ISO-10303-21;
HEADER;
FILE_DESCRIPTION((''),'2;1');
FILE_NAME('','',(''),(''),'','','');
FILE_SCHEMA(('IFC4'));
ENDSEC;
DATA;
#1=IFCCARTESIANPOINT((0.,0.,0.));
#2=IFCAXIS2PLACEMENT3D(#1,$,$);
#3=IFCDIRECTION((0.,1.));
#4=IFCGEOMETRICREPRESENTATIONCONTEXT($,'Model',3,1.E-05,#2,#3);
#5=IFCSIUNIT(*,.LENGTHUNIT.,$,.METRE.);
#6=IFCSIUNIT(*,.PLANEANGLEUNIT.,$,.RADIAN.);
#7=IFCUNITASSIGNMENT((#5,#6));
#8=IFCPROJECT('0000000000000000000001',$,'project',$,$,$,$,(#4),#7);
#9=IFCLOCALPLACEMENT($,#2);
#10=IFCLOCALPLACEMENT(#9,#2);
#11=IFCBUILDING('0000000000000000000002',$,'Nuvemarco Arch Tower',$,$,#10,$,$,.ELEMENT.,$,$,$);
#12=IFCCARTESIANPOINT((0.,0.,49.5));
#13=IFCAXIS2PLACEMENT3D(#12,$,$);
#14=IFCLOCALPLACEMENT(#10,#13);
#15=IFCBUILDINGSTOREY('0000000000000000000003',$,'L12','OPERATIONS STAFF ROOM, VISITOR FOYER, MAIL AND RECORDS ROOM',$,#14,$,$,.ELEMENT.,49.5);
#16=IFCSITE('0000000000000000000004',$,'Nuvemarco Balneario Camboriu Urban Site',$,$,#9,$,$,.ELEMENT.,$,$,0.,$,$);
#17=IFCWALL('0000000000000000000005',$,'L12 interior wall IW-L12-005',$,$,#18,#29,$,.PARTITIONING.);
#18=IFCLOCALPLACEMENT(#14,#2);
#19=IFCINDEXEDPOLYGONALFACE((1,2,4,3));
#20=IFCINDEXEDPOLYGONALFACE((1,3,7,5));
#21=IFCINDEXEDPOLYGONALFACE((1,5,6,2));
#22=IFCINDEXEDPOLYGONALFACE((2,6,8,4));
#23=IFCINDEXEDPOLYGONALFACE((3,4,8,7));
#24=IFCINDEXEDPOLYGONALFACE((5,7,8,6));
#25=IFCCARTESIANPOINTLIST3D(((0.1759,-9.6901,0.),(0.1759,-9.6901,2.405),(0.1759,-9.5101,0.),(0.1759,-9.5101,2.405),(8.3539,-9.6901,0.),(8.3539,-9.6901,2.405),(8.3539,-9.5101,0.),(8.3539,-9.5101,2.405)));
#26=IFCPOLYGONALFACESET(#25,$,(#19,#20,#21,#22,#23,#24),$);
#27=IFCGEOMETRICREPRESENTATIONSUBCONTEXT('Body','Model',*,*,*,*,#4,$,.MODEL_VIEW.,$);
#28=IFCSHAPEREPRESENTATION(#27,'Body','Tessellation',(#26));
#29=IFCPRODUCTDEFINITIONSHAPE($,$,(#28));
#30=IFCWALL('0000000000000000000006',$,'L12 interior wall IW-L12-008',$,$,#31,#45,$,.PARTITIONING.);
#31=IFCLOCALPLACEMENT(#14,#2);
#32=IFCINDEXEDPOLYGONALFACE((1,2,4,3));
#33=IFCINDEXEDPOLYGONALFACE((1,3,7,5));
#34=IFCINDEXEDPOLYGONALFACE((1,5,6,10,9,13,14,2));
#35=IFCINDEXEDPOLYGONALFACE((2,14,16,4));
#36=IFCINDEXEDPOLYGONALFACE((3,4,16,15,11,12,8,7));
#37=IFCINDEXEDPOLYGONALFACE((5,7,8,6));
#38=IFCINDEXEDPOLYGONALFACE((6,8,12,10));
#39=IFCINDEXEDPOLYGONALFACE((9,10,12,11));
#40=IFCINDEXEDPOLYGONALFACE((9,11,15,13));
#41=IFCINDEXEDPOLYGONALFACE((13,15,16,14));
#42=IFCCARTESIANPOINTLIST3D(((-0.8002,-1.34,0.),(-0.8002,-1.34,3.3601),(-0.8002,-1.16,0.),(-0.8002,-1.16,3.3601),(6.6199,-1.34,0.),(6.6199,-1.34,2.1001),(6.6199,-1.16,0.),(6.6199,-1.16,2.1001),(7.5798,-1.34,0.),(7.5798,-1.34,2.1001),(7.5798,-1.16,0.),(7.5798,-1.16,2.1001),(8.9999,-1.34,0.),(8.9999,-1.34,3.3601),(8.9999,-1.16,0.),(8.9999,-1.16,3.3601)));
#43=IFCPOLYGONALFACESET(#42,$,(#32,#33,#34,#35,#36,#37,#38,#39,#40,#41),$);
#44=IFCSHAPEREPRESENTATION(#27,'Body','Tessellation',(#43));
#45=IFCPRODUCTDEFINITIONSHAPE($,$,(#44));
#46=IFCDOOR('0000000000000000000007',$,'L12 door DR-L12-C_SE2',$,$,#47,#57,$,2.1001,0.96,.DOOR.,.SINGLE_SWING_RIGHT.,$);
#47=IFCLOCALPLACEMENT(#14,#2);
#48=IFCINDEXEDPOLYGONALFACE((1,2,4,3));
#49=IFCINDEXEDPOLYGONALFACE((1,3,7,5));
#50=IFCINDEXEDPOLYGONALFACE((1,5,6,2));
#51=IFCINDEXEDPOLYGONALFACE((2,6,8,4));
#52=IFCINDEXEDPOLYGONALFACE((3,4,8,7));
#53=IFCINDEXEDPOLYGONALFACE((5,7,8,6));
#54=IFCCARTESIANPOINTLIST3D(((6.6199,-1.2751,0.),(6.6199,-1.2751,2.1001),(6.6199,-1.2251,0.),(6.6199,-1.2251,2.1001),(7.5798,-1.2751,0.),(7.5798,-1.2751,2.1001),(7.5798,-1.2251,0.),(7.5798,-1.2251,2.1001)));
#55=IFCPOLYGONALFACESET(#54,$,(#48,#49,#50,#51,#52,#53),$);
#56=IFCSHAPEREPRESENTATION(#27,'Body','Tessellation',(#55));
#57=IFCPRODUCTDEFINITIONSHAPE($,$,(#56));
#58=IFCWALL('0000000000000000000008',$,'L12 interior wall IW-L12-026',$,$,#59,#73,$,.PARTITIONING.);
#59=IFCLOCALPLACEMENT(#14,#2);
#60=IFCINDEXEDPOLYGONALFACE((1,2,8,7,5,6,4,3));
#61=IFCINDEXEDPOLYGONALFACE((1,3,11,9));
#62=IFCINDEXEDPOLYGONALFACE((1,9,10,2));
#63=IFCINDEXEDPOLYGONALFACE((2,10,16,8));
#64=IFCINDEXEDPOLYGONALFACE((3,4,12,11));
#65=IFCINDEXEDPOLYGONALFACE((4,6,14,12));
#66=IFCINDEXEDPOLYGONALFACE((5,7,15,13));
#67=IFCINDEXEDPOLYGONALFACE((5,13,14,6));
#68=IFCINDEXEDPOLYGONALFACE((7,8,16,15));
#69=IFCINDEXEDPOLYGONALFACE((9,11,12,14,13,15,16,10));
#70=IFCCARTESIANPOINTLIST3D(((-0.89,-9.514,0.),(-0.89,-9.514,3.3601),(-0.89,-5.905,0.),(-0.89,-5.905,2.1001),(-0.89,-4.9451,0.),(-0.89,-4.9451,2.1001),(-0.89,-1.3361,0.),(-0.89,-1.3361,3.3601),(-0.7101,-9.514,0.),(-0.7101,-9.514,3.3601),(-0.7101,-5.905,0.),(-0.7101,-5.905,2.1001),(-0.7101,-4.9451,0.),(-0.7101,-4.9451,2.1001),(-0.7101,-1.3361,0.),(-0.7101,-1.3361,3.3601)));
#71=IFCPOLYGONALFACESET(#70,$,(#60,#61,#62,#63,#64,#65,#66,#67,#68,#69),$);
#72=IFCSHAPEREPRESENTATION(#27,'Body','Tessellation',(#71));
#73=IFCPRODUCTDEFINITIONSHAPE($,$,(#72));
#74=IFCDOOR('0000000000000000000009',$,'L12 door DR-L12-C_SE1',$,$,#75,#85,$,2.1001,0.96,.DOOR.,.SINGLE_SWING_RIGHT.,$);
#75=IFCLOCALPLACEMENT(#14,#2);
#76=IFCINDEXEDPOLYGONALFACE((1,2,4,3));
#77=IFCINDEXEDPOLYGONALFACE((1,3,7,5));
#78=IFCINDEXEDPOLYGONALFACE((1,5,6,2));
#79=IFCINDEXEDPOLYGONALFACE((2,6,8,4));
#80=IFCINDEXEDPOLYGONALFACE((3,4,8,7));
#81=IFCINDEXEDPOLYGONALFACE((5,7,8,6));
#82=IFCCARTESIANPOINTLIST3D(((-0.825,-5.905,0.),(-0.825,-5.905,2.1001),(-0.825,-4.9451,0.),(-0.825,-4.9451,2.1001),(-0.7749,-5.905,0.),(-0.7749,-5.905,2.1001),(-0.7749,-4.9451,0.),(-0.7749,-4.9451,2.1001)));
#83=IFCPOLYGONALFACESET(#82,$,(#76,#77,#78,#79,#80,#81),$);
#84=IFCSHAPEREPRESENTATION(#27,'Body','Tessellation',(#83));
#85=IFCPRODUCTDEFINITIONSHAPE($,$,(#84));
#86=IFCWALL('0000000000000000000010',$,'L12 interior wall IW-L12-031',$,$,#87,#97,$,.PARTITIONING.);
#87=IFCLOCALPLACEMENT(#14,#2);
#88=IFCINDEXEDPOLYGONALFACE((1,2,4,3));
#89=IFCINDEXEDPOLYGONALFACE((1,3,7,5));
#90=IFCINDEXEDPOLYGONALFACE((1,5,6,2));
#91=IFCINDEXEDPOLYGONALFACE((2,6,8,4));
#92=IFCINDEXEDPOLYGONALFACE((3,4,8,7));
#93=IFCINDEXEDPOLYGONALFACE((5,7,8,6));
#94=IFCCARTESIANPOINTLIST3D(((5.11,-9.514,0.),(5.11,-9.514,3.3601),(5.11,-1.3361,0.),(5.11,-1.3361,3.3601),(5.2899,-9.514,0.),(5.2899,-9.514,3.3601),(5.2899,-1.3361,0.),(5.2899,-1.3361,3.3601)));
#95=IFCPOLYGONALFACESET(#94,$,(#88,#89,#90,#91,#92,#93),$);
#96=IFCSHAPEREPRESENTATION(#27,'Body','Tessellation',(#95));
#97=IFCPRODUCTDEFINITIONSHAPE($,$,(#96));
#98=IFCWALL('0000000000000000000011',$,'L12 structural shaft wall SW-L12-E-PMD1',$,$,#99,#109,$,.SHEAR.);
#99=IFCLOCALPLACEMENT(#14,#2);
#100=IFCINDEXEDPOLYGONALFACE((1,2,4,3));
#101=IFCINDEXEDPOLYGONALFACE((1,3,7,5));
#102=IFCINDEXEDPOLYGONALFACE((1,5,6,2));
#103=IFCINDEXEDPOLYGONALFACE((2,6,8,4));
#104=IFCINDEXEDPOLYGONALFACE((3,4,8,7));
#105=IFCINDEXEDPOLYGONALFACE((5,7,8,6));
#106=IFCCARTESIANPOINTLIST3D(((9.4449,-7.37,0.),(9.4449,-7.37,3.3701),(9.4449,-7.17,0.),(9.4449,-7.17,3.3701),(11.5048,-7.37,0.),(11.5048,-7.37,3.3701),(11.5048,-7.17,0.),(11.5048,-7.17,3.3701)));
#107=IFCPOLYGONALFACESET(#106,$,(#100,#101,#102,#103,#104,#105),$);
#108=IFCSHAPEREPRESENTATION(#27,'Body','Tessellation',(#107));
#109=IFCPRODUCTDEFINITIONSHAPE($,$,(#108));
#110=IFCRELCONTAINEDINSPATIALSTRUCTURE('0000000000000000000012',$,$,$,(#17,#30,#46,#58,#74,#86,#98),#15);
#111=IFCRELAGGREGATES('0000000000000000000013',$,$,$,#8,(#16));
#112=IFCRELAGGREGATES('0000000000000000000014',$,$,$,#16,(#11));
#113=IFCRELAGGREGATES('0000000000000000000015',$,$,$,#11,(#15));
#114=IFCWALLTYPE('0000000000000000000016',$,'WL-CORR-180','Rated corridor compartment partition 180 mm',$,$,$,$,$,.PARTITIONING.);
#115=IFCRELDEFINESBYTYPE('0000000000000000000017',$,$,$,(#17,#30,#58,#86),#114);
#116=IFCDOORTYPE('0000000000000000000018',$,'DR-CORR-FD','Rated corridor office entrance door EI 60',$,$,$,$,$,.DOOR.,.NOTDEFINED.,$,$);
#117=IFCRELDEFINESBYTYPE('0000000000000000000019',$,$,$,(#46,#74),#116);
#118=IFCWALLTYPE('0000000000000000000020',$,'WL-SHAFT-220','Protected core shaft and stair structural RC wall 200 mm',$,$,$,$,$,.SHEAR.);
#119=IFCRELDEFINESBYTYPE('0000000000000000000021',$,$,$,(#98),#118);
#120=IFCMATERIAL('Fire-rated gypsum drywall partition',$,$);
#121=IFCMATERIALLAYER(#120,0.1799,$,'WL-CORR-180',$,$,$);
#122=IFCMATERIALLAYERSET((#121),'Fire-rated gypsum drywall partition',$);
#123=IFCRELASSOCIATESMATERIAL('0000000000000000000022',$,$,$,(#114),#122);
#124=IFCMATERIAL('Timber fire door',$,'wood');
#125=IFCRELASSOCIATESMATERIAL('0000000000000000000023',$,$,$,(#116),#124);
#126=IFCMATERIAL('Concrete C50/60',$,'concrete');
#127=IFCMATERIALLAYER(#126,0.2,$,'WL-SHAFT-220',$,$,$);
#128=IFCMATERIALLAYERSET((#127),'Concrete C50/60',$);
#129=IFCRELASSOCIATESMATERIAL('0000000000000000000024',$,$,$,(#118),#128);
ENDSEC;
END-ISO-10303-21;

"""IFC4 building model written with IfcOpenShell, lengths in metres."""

from ifc_helpers import new_model, si_unit, direction, frame, frame_2d, origin, place, context, subcontext, project, spatial, rectangle, extrude, source, transform, mapped, material, layer, layer_set, type_object, type_shapes, element, fill, save


model = new_model("IFC4")

# Units and contexts
model_context = context("Model", 3, precision=1e-05, world=origin(), true_north=direction((0.0, 1.0)))
body_context = subcontext(model_context, "Body", "Model", "MODEL_VIEW")
ifc_project = project(units=[si_unit("LENGTHUNIT", "METRE"), si_unit("PLANEANGLEUNIT", "RADIAN")], contexts=[model_context])

# Site, building, storey
site_placement = place(None, origin())
site = spatial("IfcSite", under=ifc_project, at=site_placement, Name="Nuvemarco Balneario Camboriu Urban Site", CompositionType="ELEMENT", RefElevation=0.0)
building_placement = place(site_placement, origin())
building = spatial("IfcBuilding", under=site, at=building_placement, Name="Nuvemarco Arch Tower", CompositionType="ELEMENT")
storey_placement = place(building_placement, frame((0.0, 0.0, 49.5)))
storey = spatial("IfcBuildingStorey", under=building, at=storey_placement, Name="L12", Description="OPERATIONS STAFF ROOM, VISITOR FOYER, MAIL AND RECORDS ROOM", CompositionType="ELEMENT", Elevation=49.5)

# Shared definitions
ifc_material_1 = material(Name="Concrete C50/60", Category="concrete")

# Wall
ifc_material_2 = material(Name="Fire-rated gypsum drywall partition")
ifc_layer_1 = layer(ifc_material_2, 0.1799, Name="WL-CORR-180")
ifc_layer_set_1 = layer_set([ifc_layer_1], Name="Fire-rated gypsum drywall partition")
wall_type_1 = type_object("IfcWallType", Name="WL-CORR-180", Description="Rated corridor compartment partition 180 mm", PredefinedType="PARTITIONING", material=ifc_layer_set_1)
wall_1_placement = place(storey_placement, frame((0.176, -9.6001, 0.0), z_axis=(0.0, 0.0, 1.0), x_axis=(1.0, 0.0, 0.0)))
element("IfcWall", 1, at=wall_1_placement, inside=storey, type_object=wall_type_1, Name="L12 interior wall IW-L12-005", PredefinedType="PARTITIONING", context=body_context, shape_type="SweptSolid", body=[
    extrude(rectangle(XDim=8.178, YDim=0.1799, at=frame_2d((4.0889, 0.0))), origin(), (0.0, 0.0, 1.0), 2.405),
])

# Walls, openings, doors
wall_2_placement = place(storey_placement, frame((-0.8, -1.25, 0.0), z_axis=(0.0, 0.0, 1.0), x_axis=(1.0, 0.0, 0.0)))
wall_2 = element("IfcWall", 2, at=wall_2_placement, inside=storey, type_object=wall_type_1, Name="L12 interior wall IW-L12-008", PredefinedType="PARTITIONING", context=body_context, shape_type="SweptSolid", body=[
    extrude(rectangle(XDim=9.8, YDim=0.1799, at=frame_2d((4.8999, 0.0))), origin(), (0.0, 0.0, 1.0), 3.3601),
])
opening_1_placement = place(wall_2_placement, frame((7.4199, 0.0, 0.0)))
opening_1 = element("IfcOpeningElement", 3, at=opening_1_placement, cuts=wall_2, PredefinedType="OPENING", context=body_context, shape_type="SweptSolid", body=[
    extrude(rectangle(XDim=0.96, YDim=2.1001, at=frame_2d((0.48, 1.05))), frame((0.0, 0.0999, 0.0), z_axis=(0.0, -1.0, 0.0), x_axis=(1.0, 0.0, 0.0)), (0.0, 0.0, 1.0), 0.2),
])
ifc_material_3 = material(Name="Timber fire door", Category="wood")
door_type_1 = type_object("IfcDoorType", Name="DR-CORR-FD", Description="Rated corridor office entrance door EI 60", OperationType="NOTDEFINED", PredefinedType="DOOR", material=ifc_material_3)
shared_shape_1 = source(origin(), body_context, "Body", "SweptSolid", [
    extrude(rectangle(XDim=0.96, YDim=2.1001, at=frame_2d((0.48, 1.05))), frame((0.0, 0.0249, 0.0), z_axis=(0.0, -1.0, 0.0), x_axis=(1.0, 0.0, 0.0)), (0.0, 0.0, 1.0), 0.05),
])
type_shapes(door_type_1, [shared_shape_1])
door_1_placement = place(opening_1_placement, origin())
door_1 = element("IfcDoor", 4, at=door_1_placement, inside=storey, type_object=door_type_1, Name="L12 door DR-L12-C_SE2", OperationType="SINGLE_SWING_RIGHT", OverallHeight=2.1001, OverallWidth=0.96, PredefinedType="DOOR", context=body_context, shape_type="MappedRepresentation", body=[
    mapped(shared_shape_1, transform((0.0, 0.0, 0.0), scale=1.0)),
])
fill(opening_1, door_1)
wall_3_placement = place(storey_placement, frame((-0.8, -9.5139, 0.0), z_axis=(0.0, 0.0, 1.0), x_axis=(0.0, 1.0, 0.0)))
wall_3 = element("IfcWall", 5, at=wall_3_placement, inside=storey, type_object=wall_type_1, Name="L12 interior wall IW-L12-026", PredefinedType="PARTITIONING", context=body_context, shape_type="SweptSolid", body=[
    extrude(rectangle(XDim=8.178, YDim=0.1799, at=frame_2d((4.0889, 0.0))), origin(), (0.0, 0.0, 1.0), 3.3601),
])
opening_2_placement = place(wall_3_placement, frame((3.6089, 0.0, 0.0)))
opening_2 = element("IfcOpeningElement", 6, at=opening_2_placement, cuts=wall_3, PredefinedType="OPENING", context=body_context, shape_type="SweptSolid", body=[
    extrude(rectangle(XDim=0.96, YDim=2.1001, at=frame_2d((0.48, 1.05))), frame((0.0, 0.0999, 0.0), z_axis=(0.0, -1.0, 0.0), x_axis=(1.0, 0.0, 0.0)), (0.0, 0.0, 1.0), 0.2),
])
door_2_placement = place(opening_2_placement, origin())
door_2 = element("IfcDoor", 7, at=door_2_placement, inside=storey, type_object=door_type_1, Name="L12 door DR-L12-C_SE1", OperationType="SINGLE_SWING_RIGHT", OverallHeight=2.1001, OverallWidth=0.96, PredefinedType="DOOR", context=body_context, shape_type="MappedRepresentation", body=[
    mapped(shared_shape_1, transform((0.0, 0.0, 0.0), scale=1.0)),
])
fill(opening_2, door_2)

# Walls
wall_4_placement = place(storey_placement, frame((5.2, -9.5139, 0.0), z_axis=(0.0, 0.0, 1.0), x_axis=(0.0, 1.0, 0.0)))
element("IfcWall", 8, at=wall_4_placement, inside=storey, type_object=wall_type_1, Name="L12 interior wall IW-L12-031", PredefinedType="PARTITIONING", context=body_context, shape_type="SweptSolid", body=[
    extrude(rectangle(XDim=8.178, YDim=0.1799, at=frame_2d((4.0889, 0.0))), origin(), (0.0, 0.0, 1.0), 3.3601),
])
ifc_layer_2 = layer(ifc_material_1, 0.2, Name="WL-SHAFT-220")
ifc_layer_set_2 = layer_set([ifc_layer_2], Name="Concrete C50/60")
wall_type_2 = type_object("IfcWallType", Name="WL-SHAFT-220", Description="Protected core shaft and stair structural RC wall 200 mm", PredefinedType="SHEAR", material=ifc_layer_set_2)
wall_5_placement = place(storey_placement, frame((9.4451, -7.27, 0.0), z_axis=(0.0, 0.0, 1.0), x_axis=(1.0, 0.0, 0.0)))
element("IfcWall", 9, at=wall_5_placement, inside=storey, type_object=wall_type_2, Name="L12 structural shaft wall SW-L12-E-PMD1", PredefinedType="SHEAR", context=body_context, shape_type="SweptSolid", body=[
    extrude(rectangle(XDim=2.0598, YDim=0.2, at=frame_2d((1.0298, 0.0))), origin(), (0.0, 0.0, 1.0), 3.3701),
])

save(model, "model.ifc")
